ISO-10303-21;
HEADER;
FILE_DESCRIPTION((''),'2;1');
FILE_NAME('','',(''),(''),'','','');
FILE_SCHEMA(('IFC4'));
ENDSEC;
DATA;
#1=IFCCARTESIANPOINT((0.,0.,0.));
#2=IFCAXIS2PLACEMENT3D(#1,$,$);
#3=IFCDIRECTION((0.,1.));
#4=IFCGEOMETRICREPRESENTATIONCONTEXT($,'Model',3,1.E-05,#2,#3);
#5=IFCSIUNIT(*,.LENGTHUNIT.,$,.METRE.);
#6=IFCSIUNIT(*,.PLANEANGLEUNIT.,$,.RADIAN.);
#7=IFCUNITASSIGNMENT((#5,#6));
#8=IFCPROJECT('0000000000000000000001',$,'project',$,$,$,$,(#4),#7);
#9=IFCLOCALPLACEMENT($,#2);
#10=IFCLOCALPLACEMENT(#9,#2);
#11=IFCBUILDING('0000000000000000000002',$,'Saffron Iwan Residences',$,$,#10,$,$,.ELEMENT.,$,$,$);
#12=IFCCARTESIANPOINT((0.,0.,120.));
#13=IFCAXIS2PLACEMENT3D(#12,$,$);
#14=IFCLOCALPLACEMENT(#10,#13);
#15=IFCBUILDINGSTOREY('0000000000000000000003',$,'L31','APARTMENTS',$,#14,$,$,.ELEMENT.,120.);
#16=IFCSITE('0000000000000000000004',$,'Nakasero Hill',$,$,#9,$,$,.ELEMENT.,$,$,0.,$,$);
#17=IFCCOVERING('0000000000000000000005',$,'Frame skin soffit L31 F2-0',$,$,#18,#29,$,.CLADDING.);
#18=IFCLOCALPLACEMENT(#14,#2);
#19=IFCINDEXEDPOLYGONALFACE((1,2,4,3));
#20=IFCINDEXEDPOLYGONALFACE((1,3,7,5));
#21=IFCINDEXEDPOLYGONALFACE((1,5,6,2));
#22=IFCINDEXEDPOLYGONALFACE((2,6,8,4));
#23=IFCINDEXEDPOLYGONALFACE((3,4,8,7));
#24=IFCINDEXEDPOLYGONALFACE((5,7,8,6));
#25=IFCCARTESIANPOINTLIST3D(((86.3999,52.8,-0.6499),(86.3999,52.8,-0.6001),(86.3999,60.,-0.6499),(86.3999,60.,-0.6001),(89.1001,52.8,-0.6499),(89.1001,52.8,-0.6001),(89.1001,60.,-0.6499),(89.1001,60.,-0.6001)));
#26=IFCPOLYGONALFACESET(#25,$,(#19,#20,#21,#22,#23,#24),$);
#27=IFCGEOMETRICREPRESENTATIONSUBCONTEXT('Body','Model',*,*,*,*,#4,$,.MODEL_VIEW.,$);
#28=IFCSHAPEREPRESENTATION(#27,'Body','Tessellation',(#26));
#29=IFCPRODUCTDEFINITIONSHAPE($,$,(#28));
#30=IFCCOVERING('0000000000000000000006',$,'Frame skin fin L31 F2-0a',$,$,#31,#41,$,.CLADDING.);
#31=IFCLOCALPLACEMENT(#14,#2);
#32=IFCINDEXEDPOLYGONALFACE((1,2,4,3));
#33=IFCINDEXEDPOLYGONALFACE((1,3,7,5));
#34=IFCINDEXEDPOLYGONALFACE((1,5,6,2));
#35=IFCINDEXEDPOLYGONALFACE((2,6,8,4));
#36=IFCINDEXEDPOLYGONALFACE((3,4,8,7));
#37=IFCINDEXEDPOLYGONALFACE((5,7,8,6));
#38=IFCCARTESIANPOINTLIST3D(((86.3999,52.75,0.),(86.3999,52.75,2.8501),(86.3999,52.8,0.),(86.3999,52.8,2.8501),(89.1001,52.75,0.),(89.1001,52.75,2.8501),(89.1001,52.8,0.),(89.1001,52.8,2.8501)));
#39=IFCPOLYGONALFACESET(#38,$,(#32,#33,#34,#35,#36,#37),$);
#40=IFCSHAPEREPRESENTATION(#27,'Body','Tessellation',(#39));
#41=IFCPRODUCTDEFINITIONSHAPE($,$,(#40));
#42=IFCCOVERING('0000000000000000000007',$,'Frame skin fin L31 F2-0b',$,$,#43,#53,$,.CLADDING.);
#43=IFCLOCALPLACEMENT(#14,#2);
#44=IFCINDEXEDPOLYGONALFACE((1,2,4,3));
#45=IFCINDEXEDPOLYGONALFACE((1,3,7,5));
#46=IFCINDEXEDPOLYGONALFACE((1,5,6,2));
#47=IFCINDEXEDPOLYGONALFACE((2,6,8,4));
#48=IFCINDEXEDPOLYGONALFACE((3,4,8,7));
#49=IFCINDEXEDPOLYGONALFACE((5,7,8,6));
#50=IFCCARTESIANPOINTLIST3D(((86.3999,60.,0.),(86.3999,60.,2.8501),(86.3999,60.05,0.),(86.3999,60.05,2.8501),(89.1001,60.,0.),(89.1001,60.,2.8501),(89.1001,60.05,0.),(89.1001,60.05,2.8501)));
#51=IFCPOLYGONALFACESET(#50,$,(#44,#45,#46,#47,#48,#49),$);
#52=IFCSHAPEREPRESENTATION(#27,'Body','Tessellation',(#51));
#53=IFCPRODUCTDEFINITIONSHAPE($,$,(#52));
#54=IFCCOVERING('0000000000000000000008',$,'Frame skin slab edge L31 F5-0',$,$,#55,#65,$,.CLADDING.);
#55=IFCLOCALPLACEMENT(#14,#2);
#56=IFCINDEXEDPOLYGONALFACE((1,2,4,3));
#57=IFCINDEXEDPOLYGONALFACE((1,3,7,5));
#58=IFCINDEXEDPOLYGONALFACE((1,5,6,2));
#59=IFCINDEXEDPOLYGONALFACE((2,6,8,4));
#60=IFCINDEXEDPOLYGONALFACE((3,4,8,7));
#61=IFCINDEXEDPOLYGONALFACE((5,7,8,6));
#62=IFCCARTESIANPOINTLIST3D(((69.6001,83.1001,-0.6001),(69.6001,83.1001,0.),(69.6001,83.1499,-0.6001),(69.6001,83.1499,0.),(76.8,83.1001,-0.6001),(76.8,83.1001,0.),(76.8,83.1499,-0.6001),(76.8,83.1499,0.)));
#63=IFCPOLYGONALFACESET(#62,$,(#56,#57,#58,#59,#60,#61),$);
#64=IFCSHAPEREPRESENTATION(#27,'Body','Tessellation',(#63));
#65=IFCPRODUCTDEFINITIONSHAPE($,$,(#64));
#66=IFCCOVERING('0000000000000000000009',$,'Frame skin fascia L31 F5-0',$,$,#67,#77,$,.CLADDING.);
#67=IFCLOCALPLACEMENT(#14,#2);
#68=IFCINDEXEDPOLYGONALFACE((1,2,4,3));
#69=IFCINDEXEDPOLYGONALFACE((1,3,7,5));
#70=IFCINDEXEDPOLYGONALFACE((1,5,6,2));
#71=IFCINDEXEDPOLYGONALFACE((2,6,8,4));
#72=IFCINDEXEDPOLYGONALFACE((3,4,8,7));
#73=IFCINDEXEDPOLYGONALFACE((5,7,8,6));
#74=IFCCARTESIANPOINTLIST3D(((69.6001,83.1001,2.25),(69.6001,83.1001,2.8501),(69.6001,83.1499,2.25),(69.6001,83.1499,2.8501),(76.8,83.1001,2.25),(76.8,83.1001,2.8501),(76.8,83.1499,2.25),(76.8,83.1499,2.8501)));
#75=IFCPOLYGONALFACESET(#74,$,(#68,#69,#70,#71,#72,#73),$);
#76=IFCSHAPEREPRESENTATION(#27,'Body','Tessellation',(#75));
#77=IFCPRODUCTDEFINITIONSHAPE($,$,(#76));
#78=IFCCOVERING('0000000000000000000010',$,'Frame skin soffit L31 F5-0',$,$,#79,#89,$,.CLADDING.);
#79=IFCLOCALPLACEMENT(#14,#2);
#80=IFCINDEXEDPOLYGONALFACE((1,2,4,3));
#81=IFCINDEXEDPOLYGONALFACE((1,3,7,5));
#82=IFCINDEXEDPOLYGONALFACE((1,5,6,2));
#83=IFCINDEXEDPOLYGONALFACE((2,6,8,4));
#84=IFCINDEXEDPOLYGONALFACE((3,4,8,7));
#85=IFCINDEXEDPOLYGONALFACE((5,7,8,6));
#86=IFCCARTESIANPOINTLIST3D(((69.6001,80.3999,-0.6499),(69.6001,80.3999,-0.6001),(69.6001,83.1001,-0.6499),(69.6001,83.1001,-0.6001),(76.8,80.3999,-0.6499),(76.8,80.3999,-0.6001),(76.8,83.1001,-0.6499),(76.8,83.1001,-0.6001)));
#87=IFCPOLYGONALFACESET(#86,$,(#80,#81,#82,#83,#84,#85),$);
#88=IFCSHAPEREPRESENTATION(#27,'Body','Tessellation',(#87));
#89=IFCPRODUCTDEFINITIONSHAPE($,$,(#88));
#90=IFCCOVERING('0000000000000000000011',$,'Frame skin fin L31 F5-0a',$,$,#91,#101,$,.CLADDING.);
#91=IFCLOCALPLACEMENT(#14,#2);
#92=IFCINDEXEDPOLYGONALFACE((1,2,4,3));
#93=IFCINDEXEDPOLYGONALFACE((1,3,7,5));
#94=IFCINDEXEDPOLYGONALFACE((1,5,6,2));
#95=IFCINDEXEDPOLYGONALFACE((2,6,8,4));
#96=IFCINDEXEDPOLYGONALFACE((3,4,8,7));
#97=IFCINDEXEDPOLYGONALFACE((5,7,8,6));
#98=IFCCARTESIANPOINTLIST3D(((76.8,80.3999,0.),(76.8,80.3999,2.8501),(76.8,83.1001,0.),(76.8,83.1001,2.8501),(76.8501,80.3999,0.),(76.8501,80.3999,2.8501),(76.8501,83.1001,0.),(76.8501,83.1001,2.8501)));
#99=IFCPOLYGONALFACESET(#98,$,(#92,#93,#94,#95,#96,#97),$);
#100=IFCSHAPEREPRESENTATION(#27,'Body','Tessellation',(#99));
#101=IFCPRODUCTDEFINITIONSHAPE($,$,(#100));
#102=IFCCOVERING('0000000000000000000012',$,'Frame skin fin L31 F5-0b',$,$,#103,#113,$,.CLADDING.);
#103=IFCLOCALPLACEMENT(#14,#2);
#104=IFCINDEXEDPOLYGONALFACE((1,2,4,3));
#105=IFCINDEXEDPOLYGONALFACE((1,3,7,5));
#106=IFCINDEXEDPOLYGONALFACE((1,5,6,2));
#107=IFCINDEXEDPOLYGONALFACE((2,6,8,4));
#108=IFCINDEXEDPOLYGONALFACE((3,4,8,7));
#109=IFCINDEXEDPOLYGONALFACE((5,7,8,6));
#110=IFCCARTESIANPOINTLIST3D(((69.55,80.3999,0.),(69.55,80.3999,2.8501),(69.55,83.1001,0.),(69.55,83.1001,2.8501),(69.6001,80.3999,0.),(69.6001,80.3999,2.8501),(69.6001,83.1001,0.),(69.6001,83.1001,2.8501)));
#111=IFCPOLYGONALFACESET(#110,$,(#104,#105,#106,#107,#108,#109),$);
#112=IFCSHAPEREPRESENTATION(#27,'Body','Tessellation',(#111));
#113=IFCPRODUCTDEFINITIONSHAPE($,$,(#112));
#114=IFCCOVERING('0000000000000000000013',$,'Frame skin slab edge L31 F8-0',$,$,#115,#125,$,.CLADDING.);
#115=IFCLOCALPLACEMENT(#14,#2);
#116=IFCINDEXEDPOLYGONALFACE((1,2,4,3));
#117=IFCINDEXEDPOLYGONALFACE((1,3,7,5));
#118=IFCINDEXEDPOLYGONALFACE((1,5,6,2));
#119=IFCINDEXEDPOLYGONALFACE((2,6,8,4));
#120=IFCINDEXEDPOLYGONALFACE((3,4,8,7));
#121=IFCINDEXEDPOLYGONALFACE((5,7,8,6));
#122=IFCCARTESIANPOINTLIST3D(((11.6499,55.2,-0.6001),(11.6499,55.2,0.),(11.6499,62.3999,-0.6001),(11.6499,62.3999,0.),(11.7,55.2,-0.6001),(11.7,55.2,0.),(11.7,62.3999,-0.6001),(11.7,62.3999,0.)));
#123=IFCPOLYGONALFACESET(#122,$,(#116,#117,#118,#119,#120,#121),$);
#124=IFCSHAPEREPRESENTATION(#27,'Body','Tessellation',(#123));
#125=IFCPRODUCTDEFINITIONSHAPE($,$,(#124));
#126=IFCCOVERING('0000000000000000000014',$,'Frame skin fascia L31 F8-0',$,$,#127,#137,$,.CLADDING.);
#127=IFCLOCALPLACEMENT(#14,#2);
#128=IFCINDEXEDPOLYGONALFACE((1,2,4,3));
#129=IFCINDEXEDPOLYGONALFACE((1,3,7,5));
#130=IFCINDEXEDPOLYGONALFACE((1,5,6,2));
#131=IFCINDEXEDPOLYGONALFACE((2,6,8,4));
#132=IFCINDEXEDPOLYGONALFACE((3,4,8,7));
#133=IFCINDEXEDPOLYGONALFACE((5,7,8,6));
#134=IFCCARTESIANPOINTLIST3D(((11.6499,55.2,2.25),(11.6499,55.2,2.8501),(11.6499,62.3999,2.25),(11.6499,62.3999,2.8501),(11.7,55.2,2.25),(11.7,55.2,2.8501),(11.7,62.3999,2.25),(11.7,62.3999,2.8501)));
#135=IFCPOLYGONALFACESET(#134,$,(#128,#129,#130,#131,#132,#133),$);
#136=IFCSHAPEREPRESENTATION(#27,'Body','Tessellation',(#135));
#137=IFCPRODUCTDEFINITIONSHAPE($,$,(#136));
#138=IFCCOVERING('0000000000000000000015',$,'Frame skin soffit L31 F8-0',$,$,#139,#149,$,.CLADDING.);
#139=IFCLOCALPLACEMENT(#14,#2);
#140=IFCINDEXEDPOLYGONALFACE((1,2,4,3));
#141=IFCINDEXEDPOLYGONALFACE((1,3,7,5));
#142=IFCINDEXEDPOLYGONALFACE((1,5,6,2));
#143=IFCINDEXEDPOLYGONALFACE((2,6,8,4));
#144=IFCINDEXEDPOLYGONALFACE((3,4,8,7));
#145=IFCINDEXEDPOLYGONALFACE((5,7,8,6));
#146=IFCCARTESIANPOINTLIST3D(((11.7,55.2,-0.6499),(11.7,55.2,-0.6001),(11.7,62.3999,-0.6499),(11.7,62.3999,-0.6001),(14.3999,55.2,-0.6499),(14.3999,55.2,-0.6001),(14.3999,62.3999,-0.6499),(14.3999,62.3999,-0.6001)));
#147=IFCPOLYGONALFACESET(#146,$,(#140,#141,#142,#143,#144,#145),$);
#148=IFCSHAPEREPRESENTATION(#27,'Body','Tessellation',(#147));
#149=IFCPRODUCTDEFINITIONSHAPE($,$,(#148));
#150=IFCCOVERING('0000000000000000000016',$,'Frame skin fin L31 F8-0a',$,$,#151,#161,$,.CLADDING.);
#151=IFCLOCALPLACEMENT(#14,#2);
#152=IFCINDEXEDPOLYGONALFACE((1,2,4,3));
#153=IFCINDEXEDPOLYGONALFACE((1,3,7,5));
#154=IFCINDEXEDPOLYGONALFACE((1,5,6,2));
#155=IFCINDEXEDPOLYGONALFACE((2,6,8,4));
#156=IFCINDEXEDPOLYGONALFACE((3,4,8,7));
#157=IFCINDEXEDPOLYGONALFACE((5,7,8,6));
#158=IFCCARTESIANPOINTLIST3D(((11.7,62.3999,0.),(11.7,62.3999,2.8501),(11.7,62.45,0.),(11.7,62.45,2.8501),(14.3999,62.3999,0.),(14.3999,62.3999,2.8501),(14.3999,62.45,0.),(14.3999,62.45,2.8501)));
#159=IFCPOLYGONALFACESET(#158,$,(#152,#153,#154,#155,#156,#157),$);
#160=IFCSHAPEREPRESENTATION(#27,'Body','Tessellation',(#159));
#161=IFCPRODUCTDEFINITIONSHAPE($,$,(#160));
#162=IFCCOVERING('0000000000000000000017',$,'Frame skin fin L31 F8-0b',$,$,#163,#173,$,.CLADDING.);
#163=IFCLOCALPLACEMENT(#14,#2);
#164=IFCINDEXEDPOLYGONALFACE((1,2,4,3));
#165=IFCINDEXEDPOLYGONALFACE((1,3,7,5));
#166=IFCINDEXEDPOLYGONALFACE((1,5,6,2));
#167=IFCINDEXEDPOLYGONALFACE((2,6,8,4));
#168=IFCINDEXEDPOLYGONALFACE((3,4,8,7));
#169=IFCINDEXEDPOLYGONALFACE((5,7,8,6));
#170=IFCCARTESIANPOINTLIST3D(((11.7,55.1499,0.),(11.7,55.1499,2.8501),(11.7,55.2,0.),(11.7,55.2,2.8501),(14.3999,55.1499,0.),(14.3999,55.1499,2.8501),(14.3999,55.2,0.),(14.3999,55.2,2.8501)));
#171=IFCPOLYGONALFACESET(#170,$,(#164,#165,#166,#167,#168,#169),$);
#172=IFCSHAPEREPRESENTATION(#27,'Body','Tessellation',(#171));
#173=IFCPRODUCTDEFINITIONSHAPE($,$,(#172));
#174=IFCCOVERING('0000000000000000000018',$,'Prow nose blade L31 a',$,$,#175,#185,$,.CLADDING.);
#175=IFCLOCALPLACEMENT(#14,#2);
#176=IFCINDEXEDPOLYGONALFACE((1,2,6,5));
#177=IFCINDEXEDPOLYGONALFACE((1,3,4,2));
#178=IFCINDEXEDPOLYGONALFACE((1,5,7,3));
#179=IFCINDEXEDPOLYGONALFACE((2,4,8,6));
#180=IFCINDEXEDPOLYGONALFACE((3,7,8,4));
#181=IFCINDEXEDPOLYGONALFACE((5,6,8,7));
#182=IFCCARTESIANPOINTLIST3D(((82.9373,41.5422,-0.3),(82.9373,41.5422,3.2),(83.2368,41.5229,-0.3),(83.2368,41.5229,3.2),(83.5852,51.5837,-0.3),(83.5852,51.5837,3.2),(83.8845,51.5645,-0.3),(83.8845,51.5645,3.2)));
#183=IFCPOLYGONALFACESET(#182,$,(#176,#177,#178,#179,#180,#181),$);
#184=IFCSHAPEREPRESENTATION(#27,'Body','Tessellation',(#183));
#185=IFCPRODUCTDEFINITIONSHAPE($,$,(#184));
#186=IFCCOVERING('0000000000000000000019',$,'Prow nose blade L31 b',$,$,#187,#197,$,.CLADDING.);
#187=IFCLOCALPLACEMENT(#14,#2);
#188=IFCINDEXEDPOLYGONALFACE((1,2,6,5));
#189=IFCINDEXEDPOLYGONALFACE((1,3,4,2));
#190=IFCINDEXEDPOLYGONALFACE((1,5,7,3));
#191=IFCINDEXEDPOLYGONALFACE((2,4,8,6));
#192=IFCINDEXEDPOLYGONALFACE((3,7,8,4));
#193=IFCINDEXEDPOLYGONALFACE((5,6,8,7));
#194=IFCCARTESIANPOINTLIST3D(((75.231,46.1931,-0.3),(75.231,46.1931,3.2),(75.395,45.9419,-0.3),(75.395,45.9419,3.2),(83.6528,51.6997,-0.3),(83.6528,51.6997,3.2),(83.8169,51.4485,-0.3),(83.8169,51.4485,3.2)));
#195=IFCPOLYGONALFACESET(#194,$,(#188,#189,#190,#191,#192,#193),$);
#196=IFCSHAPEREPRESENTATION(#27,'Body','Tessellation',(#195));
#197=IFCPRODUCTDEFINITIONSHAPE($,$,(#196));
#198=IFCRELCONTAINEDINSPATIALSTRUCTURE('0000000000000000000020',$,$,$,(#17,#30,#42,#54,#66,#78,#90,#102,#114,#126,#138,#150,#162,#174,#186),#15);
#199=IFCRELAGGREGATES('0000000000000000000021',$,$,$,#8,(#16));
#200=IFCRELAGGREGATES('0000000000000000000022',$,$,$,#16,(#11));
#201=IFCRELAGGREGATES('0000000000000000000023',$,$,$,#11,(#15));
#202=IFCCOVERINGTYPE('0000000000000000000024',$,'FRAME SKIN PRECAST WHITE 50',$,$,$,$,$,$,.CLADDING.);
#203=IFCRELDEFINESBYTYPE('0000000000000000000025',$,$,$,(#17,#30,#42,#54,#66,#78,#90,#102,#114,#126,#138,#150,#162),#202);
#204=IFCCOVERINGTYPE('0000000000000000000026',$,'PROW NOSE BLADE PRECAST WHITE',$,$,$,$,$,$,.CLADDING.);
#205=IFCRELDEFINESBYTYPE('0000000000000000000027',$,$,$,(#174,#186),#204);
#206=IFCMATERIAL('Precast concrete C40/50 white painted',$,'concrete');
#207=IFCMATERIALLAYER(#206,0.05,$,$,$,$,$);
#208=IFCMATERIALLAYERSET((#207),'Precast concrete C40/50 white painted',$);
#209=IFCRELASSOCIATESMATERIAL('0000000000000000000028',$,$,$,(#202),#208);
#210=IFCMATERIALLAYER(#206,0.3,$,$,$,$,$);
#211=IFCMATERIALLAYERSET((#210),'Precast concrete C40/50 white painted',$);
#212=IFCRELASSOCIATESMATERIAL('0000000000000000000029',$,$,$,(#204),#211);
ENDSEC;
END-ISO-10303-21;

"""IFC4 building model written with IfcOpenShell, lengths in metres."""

from ifc_helpers import new_model, si_unit, direction, frame, origin, place, context, subcontext, project, spatial, polyline, outline, extrude, material, layer, layer_set, type_object, element, save


model = new_model("IFC4")

# Units and contexts
model_context = context("Model", 3, precision=1e-05, world=origin(), true_north=direction((0.0, 1.0)))
body_context = subcontext(model_context, "Body", "Model", "MODEL_VIEW")
ifc_project = project(units=[si_unit("LENGTHUNIT", "METRE"), si_unit("PLANEANGLEUNIT", "RADIAN")], contexts=[model_context])

# Site, building, storey
site_placement = place(None, origin())
site = spatial("IfcSite", under=ifc_project, at=site_placement, Name="Nakasero Hill", CompositionType="ELEMENT", RefElevation=0.0)
building_placement = place(site_placement, origin())
building = spatial("IfcBuilding", under=site, at=building_placement, Name="Saffron Iwan Residences", CompositionType="ELEMENT")
storey_placement = place(building_placement, frame((0.0, 0.0, 120.0)))
storey = spatial("IfcBuildingStorey", under=building, at=storey_placement, Name="L31", Description="APARTMENTS", CompositionType="ELEMENT", Elevation=120.0)

# Coverings
ifc_material_1 = material(Name="Precast concrete C40/50 white painted", Category="concrete")
ifc_layer_1 = layer(ifc_material_1, 0.05)
ifc_layer_set_1 = layer_set([ifc_layer_1], Name="Precast concrete C40/50 white painted")
covering_type_1 = type_object("IfcCoveringType", Name="FRAME SKIN PRECAST WHITE 50", PredefinedType="CLADDING", material=ifc_layer_set_1)
covering_1_placement = place(storey_placement, frame((0.0, 0.0, -0.6499)))
element("IfcCovering", 1, at=covering_1_placement, inside=storey, type_object=covering_type_1, Name="Frame skin soffit L31 F2-0", PredefinedType="CLADDING", context=body_context, shape_type="SweptSolid", body=[
    extrude(outline(polyline([(89.1001, 52.8), (89.1001, 60.0), (86.3999, 60.0), (86.3999, 52.8), (89.1001, 52.8)])), origin(), (0.0, 0.0, 1.0), 0.0498),
])
covering_2_placement = place(storey_placement, origin())
element("IfcCovering", 2, at=covering_2_placement, inside=storey, type_object=covering_type_1, Name="Frame skin fin L31 F2-0a", PredefinedType="CLADDING", context=body_context, shape_type="SweptSolid", body=[
    extrude(outline(polyline([(89.1001, 52.75), (89.1001, 52.8), (86.3999, 52.8), (86.3999, 52.75), (89.1001, 52.75)])), origin(), (0.0, 0.0, 1.0), 2.8501),
])
covering_3_placement = place(storey_placement, origin())
element("IfcCovering", 3, at=covering_3_placement, inside=storey, type_object=covering_type_1, Name="Frame skin fin L31 F2-0b", PredefinedType="CLADDING", context=body_context, shape_type="SweptSolid", body=[
    extrude(outline(polyline([(89.1001, 60.0), (89.1001, 60.05), (86.3999, 60.05), (86.3999, 60.0), (89.1001, 60.0)])), origin(), (0.0, 0.0, 1.0), 2.8501),
])
for number, where, name in (
    (4, (0.0, 0.0, -0.6001), "Frame skin slab edge L31 F5-0"),
    (5, (0.0, 0.0, 2.25), "Frame skin fascia L31 F5-0"),
):
    element("IfcCovering", number, at=place(storey_placement, frame(where)), inside=storey, type_object=covering_type_1, Name=name, PredefinedType="CLADDING", context=body_context, shape_type="SweptSolid", body=[
        extrude(outline(polyline([(76.8, 83.1499), (69.6001, 83.1499), (69.6001, 83.1001), (76.8, 83.1001), (76.8, 83.1499)])), origin(), (0.0, 0.0, 1.0), 0.6001),
    ])
covering_4_placement = place(storey_placement, frame((0.0, 0.0, -0.6499)))
element("IfcCovering", 6, at=covering_4_placement, inside=storey, type_object=covering_type_1, Name="Frame skin soffit L31 F5-0", PredefinedType="CLADDING", context=body_context, shape_type="SweptSolid", body=[
    extrude(outline(polyline([(76.8, 83.1001), (69.6001, 83.1001), (69.6001, 80.3999), (76.8, 80.3999), (76.8, 83.1001)])), origin(), (0.0, 0.0, 1.0), 0.0498),
])
covering_5_placement = place(storey_placement, origin())
element("IfcCovering", 7, at=covering_5_placement, inside=storey, type_object=covering_type_1, Name="Frame skin fin L31 F5-0a", PredefinedType="CLADDING", context=body_context, shape_type="SweptSolid", body=[
    extrude(outline(polyline([(76.8501, 83.1001), (76.8, 83.1001), (76.8, 80.3999), (76.8501, 80.3999), (76.8501, 83.1001)])), origin(), (0.0, 0.0, 1.0), 2.8501),
])
covering_6_placement = place(storey_placement, origin())
element("IfcCovering", 8, at=covering_6_placement, inside=storey, type_object=covering_type_1, Name="Frame skin fin L31 F5-0b", PredefinedType="CLADDING", context=body_context, shape_type="SweptSolid", body=[
    extrude(outline(polyline([(69.6001, 83.1001), (69.55, 83.1001), (69.55, 80.3999), (69.6001, 80.3999), (69.6001, 83.1001)])), origin(), (0.0, 0.0, 1.0), 2.8501),
])
for number, where, name in (
    (9, (0.0, 0.0, -0.6001), "Frame skin slab edge L31 F8-0"),
    (10, (0.0, 0.0, 2.25), "Frame skin fascia L31 F8-0"),
):
    element("IfcCovering", number, at=place(storey_placement, frame(where)), inside=storey, type_object=covering_type_1, Name=name, PredefinedType="CLADDING", context=body_context, shape_type="SweptSolid", body=[
        extrude(outline(polyline([(11.6499, 62.3999), (11.6499, 55.2), (11.7, 55.2), (11.7, 62.3999), (11.6499, 62.3999)])), origin(), (0.0, 0.0, 1.0), 0.6001),
    ])
covering_7_placement = place(storey_placement, frame((0.0, 0.0, -0.6499)))
element("IfcCovering", 11, at=covering_7_placement, inside=storey, type_object=covering_type_1, Name="Frame skin soffit L31 F8-0", PredefinedType="CLADDING", context=body_context, shape_type="SweptSolid", body=[
    extrude(outline(polyline([(11.7, 62.3999), (11.7, 55.2), (14.3999, 55.2), (14.3999, 62.3999), (11.7, 62.3999)])), origin(), (0.0, 0.0, 1.0), 0.0498),
])
covering_8_placement = place(storey_placement, origin())
element("IfcCovering", 12, at=covering_8_placement, inside=storey, type_object=covering_type_1, Name="Frame skin fin L31 F8-0a", PredefinedType="CLADDING", context=body_context, shape_type="SweptSolid", body=[
    extrude(outline(polyline([(11.7, 62.45), (11.7, 62.3999), (14.3999, 62.3999), (14.3999, 62.45), (11.7, 62.45)])), origin(), (0.0, 0.0, 1.0), 2.8501),
])
covering_9_placement = place(storey_placement, origin())
element("IfcCovering", 13, at=covering_9_placement, inside=storey, type_object=covering_type_1, Name="Frame skin fin L31 F8-0b", PredefinedType="CLADDING", context=body_context, shape_type="SweptSolid", body=[
    extrude(outline(polyline([(11.7, 55.2), (11.7, 55.1499), (14.3999, 55.1499), (14.3999, 55.2), (11.7, 55.2)])), origin(), (0.0, 0.0, 1.0), 2.8501),
])
ifc_layer_2 = layer(ifc_material_1, 0.3)
ifc_layer_set_2 = layer_set([ifc_layer_2], Name="Precast concrete C40/50 white painted")
covering_type_2 = type_object("IfcCoveringType", Name="PROW NOSE BLADE PRECAST WHITE", PredefinedType="CLADDING", material=ifc_layer_set_2)
covering_10_placement = place(storey_placement, frame((0.0, 0.0, -0.3)))
element("IfcCovering", 14, at=covering_10_placement, inside=storey, type_object=covering_type_2, Name="Prow nose blade L31 a", PredefinedType="CLADDING", context=body_context, shape_type="SweptSolid", body=[
    extrude(outline(polyline([(83.2368, 41.5229), (83.8845, 51.5645), (83.5852, 51.5837), (82.9373, 41.5422), (83.2368, 41.5229)])), origin(), (0.0, 0.0, 1.0), 3.5),
])
covering_11_placement = place(storey_placement, frame((0.0, 0.0, -0.3)))
element("IfcCovering", 15, at=covering_11_placement, inside=storey, type_object=covering_type_2, Name="Prow nose blade L31 b", PredefinedType="CLADDING", context=body_context, shape_type="SweptSolid", body=[
    extrude(outline(polyline([(75.395, 45.9419), (83.8169, 51.4485), (83.6528, 51.6997), (75.231, 46.1931), (75.395, 45.9419)])), origin(), (0.0, 0.0, 1.0), 3.5),
])

save(model, "model.ifc")
